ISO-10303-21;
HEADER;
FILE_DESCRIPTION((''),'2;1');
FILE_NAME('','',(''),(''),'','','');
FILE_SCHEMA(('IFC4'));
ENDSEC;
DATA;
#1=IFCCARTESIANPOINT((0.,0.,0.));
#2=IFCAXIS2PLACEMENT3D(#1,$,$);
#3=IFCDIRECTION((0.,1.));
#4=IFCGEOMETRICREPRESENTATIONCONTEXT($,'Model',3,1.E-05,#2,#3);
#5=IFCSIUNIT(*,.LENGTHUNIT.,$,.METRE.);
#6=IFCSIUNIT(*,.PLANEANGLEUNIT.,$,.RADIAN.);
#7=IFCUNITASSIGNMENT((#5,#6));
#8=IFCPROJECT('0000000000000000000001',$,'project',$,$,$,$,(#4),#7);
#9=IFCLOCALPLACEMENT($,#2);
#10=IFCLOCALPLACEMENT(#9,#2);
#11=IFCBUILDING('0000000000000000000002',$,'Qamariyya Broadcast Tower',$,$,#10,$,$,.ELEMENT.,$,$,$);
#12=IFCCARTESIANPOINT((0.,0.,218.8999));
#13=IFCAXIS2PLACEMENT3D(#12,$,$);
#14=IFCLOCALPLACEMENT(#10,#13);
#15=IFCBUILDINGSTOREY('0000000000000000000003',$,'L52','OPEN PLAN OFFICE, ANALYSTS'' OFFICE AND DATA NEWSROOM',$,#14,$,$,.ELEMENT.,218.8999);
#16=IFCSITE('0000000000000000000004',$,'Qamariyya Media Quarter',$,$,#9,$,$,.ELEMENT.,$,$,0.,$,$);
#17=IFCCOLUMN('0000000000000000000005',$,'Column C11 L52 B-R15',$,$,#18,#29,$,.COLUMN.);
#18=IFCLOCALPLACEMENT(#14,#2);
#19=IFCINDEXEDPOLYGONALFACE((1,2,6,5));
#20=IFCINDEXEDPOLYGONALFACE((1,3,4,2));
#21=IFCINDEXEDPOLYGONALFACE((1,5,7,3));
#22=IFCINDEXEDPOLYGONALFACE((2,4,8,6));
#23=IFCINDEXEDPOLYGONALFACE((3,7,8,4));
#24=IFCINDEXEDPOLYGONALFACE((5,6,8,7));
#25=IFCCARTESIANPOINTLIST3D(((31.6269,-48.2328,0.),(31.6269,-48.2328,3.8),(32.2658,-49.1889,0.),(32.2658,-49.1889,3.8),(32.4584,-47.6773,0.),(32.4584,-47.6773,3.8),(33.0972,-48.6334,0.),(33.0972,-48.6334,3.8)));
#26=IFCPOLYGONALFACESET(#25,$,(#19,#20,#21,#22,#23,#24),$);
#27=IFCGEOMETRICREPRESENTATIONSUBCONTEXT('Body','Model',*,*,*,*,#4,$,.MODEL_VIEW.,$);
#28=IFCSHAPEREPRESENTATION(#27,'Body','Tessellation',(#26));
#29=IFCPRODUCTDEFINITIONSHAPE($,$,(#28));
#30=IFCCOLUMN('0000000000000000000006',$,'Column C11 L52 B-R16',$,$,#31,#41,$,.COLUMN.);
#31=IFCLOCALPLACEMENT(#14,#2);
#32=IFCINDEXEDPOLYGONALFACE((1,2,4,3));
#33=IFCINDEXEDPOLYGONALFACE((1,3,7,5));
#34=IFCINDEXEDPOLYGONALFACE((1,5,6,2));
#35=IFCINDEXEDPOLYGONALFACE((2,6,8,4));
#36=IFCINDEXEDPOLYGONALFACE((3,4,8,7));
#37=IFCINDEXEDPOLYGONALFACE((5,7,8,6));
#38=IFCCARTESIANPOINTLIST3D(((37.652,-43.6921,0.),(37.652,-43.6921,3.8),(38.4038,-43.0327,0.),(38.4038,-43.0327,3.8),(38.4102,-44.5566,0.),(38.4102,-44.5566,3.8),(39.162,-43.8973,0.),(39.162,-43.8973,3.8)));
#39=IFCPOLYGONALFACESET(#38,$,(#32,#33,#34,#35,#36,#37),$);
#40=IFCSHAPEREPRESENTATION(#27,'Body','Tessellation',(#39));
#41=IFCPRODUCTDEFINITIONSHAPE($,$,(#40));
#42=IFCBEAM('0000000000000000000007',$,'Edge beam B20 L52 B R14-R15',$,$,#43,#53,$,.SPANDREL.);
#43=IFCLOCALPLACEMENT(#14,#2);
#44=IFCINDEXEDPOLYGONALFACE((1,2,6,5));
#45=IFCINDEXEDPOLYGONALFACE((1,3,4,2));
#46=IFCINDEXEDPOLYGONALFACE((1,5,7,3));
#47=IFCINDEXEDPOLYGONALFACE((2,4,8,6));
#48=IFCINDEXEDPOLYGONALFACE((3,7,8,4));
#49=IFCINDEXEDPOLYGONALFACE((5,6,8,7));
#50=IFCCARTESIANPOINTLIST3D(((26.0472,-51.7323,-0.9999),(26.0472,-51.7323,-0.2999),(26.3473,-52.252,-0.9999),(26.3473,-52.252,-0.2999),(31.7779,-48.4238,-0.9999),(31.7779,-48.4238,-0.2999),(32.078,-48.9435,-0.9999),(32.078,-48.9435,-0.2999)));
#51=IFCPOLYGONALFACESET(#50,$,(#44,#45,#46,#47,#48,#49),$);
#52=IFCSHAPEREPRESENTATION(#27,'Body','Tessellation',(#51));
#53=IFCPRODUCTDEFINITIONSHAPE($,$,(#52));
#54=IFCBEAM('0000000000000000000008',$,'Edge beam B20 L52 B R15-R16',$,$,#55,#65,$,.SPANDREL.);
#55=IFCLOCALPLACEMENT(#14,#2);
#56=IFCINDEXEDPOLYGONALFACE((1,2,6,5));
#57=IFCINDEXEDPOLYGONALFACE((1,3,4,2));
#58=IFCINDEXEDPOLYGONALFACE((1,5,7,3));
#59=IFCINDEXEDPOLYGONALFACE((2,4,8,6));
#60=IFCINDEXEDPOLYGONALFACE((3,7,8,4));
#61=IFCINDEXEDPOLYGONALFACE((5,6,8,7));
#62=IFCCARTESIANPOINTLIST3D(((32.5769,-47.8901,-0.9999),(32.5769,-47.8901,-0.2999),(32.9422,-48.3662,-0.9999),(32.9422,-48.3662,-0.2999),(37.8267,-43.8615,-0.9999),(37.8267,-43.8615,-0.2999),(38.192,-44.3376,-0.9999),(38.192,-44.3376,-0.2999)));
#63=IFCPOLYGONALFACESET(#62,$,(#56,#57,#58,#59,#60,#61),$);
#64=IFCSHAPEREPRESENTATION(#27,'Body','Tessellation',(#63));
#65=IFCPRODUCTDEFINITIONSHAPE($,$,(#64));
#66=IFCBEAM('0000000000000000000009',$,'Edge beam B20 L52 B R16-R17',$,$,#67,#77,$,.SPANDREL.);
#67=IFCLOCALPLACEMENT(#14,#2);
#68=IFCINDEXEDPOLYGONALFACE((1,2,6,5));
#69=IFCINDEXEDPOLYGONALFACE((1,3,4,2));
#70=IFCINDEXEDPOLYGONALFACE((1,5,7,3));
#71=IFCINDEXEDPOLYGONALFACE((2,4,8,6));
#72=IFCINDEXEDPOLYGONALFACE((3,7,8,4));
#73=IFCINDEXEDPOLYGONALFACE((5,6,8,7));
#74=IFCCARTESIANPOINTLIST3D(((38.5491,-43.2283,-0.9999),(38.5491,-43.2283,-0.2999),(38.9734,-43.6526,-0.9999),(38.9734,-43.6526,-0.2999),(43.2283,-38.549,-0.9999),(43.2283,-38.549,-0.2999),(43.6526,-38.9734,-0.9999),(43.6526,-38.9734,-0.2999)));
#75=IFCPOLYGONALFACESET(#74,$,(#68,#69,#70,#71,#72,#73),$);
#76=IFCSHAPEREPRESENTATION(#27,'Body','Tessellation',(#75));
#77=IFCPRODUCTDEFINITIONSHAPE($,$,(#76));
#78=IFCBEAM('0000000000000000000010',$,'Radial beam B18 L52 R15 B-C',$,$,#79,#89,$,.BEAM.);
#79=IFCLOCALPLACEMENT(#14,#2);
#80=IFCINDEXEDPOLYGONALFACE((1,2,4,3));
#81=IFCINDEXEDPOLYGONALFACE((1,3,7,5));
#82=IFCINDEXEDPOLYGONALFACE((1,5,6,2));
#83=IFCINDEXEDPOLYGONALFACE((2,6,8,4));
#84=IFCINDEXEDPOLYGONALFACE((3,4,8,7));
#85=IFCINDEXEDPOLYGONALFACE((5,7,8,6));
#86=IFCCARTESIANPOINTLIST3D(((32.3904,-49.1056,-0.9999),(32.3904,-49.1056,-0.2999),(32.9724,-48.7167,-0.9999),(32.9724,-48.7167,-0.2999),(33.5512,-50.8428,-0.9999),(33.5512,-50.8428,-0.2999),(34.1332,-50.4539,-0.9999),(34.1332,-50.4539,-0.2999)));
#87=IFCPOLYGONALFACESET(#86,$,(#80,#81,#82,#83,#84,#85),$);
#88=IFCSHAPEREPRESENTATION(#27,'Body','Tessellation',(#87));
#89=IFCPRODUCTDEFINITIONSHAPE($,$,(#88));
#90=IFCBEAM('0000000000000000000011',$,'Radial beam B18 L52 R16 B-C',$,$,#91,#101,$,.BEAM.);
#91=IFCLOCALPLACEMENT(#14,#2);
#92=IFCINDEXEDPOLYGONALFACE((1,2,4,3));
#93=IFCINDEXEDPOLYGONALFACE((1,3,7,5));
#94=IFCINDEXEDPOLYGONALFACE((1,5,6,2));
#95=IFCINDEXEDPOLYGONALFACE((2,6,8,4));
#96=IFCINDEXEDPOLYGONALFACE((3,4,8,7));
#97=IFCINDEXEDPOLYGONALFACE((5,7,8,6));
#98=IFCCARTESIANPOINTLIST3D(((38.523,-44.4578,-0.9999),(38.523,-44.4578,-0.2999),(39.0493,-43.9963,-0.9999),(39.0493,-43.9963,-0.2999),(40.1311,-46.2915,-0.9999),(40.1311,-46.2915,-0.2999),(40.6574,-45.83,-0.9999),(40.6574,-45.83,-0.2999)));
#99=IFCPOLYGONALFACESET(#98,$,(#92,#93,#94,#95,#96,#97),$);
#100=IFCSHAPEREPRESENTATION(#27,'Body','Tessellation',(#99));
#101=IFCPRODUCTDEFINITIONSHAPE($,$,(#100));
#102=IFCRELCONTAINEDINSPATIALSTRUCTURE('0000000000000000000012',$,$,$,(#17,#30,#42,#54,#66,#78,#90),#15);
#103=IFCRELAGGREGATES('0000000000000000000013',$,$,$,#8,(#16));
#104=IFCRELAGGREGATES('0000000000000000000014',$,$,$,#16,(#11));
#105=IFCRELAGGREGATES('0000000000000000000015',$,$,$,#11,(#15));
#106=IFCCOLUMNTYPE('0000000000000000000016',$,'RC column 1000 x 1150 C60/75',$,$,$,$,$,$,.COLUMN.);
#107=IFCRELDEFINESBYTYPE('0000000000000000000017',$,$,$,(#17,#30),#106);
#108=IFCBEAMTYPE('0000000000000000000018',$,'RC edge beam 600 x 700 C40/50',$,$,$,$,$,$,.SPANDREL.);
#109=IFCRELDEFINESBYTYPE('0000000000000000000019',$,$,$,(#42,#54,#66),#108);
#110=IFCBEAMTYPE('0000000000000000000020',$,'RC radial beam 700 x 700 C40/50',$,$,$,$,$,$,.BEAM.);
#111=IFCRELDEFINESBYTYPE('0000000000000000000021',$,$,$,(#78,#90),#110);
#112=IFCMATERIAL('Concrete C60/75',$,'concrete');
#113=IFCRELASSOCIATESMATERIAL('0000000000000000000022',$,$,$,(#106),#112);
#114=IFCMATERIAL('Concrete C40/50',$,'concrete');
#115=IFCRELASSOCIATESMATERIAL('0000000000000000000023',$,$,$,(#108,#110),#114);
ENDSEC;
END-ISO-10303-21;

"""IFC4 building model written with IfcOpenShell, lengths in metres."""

from ifc_helpers import new_model, si_unit, direction, frame, origin, origin_2d, place, context, subcontext, project, spatial, rectangle, extrude, material, material_profile, profile_set, type_object, element, save


model = new_model("IFC4")

# Units and contexts
model_context = context("Model", 3, precision=1e-05, world=origin(), true_north=direction((0.0, 1.0)))
body_context = subcontext(model_context, "Body", "Model", "MODEL_VIEW")
ifc_project = project(units=[si_unit("LENGTHUNIT", "METRE"), si_unit("PLANEANGLEUNIT", "RADIAN")], contexts=[model_context])

# Site, building, storey
site_placement = place(None, origin())
site = spatial("IfcSite", under=ifc_project, at=site_placement, Name="Qamariyya Media Quarter", CompositionType="ELEMENT", RefElevation=0.0)
building_placement = place(site_placement, origin())
building = spatial("IfcBuilding", under=site, at=building_placement, Name="Qamariyya Broadcast Tower", CompositionType="ELEMENT")
storey_placement = place(building_placement, frame((0.0, 0.0, 218.8999)))
storey = spatial("IfcBuildingStorey", under=building, at=storey_placement, Name="L52", Description="OPEN PLAN OFFICE, ANALYSTS' OFFICE AND DATA NEWSROOM", CompositionType="ELEMENT", Elevation=218.8999)

# Columns
ifc_material_1 = material(Name="Concrete C60/75", Category="concrete")
ifc_material_profile_1 = material_profile(ifc_material_1, rectangle(XDim=1.0, YDim=1.1499, at=origin_2d()))
ifc_profile_set_1 = profile_set([ifc_material_profile_1], Name="Concrete C60/75")
column_type = type_object("IfcColumnType", Name="RC column 1000 x 1150 C60/75", PredefinedType="COLUMN", material=ifc_profile_set_1)
for number, where, z_axis, x_axis, name in (
    (1, (32.3621, -48.4331, 0.0), (0.0, 0.0, 1.0), (0.83147, 0.55557, 0.0), "Column C11 L52 B-R15"),
    (2, (38.407, -43.7947, 0.0), (0.0, 0.0, 1.0), (0.75184, 0.659346, 0.0), "Column C11 L52 B-R16"),
):
    element("IfcColumn", number, at=place(storey_placement, frame(where, z_axis=z_axis, x_axis=x_axis)), inside=storey, type_object=column_type, Name=name, PredefinedType="COLUMN", context=body_context, shape_type="SweptSolid", body=[
        extrude(rectangle(XDim=1.0, YDim=1.1499, at=origin_2d()), origin(), (0.0, 0.0, 1.0), 3.8),
    ])

# Beams
ifc_material_2 = material(Name="Concrete C40/50", Category="concrete")
ifc_material_profile_2 = material_profile(ifc_material_2, rectangle(XDim=0.6001, YDim=0.7, at=origin_2d()))
ifc_profile_set_2 = profile_set([ifc_material_profile_2], Name="Concrete C40/50")
beam_type_1 = type_object("IfcBeamType", Name="RC edge beam 600 x 700 C40/50", PredefinedType="SPANDREL", material=ifc_profile_set_2)
beam_1_placement = place(storey_placement, frame((26.1973, -51.9922, -0.6499), z_axis=(0.866028, 0.499996, 0.0), x_axis=(-0.499996, 0.866028, 0.0)))
element("IfcBeam", 3, at=beam_1_placement, inside=storey, type_object=beam_type_1, Name="Edge beam B20 L52 B R14-R15", PredefinedType="SPANDREL", context=body_context, shape_type="SweptSolid", body=[
    extrude(rectangle(XDim=0.6001, YDim=0.7, at=origin_2d()), origin(), (0.0, 0.0, 1.0), 6.6172),
])
for number, where, z_axis, x_axis, name in (
    (4, (32.7595, -48.1282, -0.6499), (0.793333, 0.608789, 0.0), (-0.608789, 0.793333, 0.0), "Edge beam B20 L52 B R15-R16"),
    (5, (38.7612, -43.4404, -0.6499), (0.707107, 0.707107, 0.0), (-0.707107, 0.707107, 0.0), "Edge beam B20 L52 B R16-R17"),
):
    element("IfcBeam", number, at=place(storey_placement, frame(where, z_axis=z_axis, x_axis=x_axis)), inside=storey, type_object=beam_type_1, Name=name, PredefinedType="SPANDREL", context=body_context, shape_type="SweptSolid", body=[
        extrude(rectangle(XDim=0.6001, YDim=0.7, at=origin_2d()), origin(), (0.0, 0.0, 1.0), 6.6174),
    ])
ifc_material_profile_3 = material_profile(ifc_material_2, rectangle(XDim=0.7, YDim=0.7, at=origin_2d()))
ifc_profile_set_3 = profile_set([ifc_material_profile_3], Name="Concrete C40/50")
beam_type_2 = type_object("IfcBeamType", Name="RC radial beam 700 x 700 C40/50", PredefinedType="BEAM", material=ifc_profile_set_3)
beam_2_placement = place(storey_placement, frame((32.6814, -48.9111, -0.6499), z_axis=(0.55559, -0.831457, 0.0), x_axis=(0.831457, 0.55559, 0.0)))
element("IfcBeam", 6, at=beam_2_placement, inside=storey, type_object=beam_type_2, Name="Radial beam B18 L52 R15 B-C", PredefinedType="BEAM", context=body_context, shape_type="SweptSolid", body=[
    extrude(rectangle(XDim=0.7, YDim=0.7, at=origin_2d()), origin(), (0.0, 0.0, 1.0), 2.0894),
])
beam_3_placement = place(storey_placement, frame((38.7861, -44.2271, -0.6499), z_axis=(0.659348, -0.751838, 0.0), x_axis=(0.751838, 0.659348, 0.0)))
element("IfcBeam", 7, at=beam_3_placement, inside=storey, type_object=beam_type_2, Name="Radial beam B18 L52 R16 B-C", PredefinedType="BEAM", context=body_context, shape_type="SweptSolid", body=[
    extrude(rectangle(XDim=0.7, YDim=0.7, at=origin_2d()), origin(), (0.0, 0.0, 1.0), 2.439),
])

save(model, "model.ifc")
